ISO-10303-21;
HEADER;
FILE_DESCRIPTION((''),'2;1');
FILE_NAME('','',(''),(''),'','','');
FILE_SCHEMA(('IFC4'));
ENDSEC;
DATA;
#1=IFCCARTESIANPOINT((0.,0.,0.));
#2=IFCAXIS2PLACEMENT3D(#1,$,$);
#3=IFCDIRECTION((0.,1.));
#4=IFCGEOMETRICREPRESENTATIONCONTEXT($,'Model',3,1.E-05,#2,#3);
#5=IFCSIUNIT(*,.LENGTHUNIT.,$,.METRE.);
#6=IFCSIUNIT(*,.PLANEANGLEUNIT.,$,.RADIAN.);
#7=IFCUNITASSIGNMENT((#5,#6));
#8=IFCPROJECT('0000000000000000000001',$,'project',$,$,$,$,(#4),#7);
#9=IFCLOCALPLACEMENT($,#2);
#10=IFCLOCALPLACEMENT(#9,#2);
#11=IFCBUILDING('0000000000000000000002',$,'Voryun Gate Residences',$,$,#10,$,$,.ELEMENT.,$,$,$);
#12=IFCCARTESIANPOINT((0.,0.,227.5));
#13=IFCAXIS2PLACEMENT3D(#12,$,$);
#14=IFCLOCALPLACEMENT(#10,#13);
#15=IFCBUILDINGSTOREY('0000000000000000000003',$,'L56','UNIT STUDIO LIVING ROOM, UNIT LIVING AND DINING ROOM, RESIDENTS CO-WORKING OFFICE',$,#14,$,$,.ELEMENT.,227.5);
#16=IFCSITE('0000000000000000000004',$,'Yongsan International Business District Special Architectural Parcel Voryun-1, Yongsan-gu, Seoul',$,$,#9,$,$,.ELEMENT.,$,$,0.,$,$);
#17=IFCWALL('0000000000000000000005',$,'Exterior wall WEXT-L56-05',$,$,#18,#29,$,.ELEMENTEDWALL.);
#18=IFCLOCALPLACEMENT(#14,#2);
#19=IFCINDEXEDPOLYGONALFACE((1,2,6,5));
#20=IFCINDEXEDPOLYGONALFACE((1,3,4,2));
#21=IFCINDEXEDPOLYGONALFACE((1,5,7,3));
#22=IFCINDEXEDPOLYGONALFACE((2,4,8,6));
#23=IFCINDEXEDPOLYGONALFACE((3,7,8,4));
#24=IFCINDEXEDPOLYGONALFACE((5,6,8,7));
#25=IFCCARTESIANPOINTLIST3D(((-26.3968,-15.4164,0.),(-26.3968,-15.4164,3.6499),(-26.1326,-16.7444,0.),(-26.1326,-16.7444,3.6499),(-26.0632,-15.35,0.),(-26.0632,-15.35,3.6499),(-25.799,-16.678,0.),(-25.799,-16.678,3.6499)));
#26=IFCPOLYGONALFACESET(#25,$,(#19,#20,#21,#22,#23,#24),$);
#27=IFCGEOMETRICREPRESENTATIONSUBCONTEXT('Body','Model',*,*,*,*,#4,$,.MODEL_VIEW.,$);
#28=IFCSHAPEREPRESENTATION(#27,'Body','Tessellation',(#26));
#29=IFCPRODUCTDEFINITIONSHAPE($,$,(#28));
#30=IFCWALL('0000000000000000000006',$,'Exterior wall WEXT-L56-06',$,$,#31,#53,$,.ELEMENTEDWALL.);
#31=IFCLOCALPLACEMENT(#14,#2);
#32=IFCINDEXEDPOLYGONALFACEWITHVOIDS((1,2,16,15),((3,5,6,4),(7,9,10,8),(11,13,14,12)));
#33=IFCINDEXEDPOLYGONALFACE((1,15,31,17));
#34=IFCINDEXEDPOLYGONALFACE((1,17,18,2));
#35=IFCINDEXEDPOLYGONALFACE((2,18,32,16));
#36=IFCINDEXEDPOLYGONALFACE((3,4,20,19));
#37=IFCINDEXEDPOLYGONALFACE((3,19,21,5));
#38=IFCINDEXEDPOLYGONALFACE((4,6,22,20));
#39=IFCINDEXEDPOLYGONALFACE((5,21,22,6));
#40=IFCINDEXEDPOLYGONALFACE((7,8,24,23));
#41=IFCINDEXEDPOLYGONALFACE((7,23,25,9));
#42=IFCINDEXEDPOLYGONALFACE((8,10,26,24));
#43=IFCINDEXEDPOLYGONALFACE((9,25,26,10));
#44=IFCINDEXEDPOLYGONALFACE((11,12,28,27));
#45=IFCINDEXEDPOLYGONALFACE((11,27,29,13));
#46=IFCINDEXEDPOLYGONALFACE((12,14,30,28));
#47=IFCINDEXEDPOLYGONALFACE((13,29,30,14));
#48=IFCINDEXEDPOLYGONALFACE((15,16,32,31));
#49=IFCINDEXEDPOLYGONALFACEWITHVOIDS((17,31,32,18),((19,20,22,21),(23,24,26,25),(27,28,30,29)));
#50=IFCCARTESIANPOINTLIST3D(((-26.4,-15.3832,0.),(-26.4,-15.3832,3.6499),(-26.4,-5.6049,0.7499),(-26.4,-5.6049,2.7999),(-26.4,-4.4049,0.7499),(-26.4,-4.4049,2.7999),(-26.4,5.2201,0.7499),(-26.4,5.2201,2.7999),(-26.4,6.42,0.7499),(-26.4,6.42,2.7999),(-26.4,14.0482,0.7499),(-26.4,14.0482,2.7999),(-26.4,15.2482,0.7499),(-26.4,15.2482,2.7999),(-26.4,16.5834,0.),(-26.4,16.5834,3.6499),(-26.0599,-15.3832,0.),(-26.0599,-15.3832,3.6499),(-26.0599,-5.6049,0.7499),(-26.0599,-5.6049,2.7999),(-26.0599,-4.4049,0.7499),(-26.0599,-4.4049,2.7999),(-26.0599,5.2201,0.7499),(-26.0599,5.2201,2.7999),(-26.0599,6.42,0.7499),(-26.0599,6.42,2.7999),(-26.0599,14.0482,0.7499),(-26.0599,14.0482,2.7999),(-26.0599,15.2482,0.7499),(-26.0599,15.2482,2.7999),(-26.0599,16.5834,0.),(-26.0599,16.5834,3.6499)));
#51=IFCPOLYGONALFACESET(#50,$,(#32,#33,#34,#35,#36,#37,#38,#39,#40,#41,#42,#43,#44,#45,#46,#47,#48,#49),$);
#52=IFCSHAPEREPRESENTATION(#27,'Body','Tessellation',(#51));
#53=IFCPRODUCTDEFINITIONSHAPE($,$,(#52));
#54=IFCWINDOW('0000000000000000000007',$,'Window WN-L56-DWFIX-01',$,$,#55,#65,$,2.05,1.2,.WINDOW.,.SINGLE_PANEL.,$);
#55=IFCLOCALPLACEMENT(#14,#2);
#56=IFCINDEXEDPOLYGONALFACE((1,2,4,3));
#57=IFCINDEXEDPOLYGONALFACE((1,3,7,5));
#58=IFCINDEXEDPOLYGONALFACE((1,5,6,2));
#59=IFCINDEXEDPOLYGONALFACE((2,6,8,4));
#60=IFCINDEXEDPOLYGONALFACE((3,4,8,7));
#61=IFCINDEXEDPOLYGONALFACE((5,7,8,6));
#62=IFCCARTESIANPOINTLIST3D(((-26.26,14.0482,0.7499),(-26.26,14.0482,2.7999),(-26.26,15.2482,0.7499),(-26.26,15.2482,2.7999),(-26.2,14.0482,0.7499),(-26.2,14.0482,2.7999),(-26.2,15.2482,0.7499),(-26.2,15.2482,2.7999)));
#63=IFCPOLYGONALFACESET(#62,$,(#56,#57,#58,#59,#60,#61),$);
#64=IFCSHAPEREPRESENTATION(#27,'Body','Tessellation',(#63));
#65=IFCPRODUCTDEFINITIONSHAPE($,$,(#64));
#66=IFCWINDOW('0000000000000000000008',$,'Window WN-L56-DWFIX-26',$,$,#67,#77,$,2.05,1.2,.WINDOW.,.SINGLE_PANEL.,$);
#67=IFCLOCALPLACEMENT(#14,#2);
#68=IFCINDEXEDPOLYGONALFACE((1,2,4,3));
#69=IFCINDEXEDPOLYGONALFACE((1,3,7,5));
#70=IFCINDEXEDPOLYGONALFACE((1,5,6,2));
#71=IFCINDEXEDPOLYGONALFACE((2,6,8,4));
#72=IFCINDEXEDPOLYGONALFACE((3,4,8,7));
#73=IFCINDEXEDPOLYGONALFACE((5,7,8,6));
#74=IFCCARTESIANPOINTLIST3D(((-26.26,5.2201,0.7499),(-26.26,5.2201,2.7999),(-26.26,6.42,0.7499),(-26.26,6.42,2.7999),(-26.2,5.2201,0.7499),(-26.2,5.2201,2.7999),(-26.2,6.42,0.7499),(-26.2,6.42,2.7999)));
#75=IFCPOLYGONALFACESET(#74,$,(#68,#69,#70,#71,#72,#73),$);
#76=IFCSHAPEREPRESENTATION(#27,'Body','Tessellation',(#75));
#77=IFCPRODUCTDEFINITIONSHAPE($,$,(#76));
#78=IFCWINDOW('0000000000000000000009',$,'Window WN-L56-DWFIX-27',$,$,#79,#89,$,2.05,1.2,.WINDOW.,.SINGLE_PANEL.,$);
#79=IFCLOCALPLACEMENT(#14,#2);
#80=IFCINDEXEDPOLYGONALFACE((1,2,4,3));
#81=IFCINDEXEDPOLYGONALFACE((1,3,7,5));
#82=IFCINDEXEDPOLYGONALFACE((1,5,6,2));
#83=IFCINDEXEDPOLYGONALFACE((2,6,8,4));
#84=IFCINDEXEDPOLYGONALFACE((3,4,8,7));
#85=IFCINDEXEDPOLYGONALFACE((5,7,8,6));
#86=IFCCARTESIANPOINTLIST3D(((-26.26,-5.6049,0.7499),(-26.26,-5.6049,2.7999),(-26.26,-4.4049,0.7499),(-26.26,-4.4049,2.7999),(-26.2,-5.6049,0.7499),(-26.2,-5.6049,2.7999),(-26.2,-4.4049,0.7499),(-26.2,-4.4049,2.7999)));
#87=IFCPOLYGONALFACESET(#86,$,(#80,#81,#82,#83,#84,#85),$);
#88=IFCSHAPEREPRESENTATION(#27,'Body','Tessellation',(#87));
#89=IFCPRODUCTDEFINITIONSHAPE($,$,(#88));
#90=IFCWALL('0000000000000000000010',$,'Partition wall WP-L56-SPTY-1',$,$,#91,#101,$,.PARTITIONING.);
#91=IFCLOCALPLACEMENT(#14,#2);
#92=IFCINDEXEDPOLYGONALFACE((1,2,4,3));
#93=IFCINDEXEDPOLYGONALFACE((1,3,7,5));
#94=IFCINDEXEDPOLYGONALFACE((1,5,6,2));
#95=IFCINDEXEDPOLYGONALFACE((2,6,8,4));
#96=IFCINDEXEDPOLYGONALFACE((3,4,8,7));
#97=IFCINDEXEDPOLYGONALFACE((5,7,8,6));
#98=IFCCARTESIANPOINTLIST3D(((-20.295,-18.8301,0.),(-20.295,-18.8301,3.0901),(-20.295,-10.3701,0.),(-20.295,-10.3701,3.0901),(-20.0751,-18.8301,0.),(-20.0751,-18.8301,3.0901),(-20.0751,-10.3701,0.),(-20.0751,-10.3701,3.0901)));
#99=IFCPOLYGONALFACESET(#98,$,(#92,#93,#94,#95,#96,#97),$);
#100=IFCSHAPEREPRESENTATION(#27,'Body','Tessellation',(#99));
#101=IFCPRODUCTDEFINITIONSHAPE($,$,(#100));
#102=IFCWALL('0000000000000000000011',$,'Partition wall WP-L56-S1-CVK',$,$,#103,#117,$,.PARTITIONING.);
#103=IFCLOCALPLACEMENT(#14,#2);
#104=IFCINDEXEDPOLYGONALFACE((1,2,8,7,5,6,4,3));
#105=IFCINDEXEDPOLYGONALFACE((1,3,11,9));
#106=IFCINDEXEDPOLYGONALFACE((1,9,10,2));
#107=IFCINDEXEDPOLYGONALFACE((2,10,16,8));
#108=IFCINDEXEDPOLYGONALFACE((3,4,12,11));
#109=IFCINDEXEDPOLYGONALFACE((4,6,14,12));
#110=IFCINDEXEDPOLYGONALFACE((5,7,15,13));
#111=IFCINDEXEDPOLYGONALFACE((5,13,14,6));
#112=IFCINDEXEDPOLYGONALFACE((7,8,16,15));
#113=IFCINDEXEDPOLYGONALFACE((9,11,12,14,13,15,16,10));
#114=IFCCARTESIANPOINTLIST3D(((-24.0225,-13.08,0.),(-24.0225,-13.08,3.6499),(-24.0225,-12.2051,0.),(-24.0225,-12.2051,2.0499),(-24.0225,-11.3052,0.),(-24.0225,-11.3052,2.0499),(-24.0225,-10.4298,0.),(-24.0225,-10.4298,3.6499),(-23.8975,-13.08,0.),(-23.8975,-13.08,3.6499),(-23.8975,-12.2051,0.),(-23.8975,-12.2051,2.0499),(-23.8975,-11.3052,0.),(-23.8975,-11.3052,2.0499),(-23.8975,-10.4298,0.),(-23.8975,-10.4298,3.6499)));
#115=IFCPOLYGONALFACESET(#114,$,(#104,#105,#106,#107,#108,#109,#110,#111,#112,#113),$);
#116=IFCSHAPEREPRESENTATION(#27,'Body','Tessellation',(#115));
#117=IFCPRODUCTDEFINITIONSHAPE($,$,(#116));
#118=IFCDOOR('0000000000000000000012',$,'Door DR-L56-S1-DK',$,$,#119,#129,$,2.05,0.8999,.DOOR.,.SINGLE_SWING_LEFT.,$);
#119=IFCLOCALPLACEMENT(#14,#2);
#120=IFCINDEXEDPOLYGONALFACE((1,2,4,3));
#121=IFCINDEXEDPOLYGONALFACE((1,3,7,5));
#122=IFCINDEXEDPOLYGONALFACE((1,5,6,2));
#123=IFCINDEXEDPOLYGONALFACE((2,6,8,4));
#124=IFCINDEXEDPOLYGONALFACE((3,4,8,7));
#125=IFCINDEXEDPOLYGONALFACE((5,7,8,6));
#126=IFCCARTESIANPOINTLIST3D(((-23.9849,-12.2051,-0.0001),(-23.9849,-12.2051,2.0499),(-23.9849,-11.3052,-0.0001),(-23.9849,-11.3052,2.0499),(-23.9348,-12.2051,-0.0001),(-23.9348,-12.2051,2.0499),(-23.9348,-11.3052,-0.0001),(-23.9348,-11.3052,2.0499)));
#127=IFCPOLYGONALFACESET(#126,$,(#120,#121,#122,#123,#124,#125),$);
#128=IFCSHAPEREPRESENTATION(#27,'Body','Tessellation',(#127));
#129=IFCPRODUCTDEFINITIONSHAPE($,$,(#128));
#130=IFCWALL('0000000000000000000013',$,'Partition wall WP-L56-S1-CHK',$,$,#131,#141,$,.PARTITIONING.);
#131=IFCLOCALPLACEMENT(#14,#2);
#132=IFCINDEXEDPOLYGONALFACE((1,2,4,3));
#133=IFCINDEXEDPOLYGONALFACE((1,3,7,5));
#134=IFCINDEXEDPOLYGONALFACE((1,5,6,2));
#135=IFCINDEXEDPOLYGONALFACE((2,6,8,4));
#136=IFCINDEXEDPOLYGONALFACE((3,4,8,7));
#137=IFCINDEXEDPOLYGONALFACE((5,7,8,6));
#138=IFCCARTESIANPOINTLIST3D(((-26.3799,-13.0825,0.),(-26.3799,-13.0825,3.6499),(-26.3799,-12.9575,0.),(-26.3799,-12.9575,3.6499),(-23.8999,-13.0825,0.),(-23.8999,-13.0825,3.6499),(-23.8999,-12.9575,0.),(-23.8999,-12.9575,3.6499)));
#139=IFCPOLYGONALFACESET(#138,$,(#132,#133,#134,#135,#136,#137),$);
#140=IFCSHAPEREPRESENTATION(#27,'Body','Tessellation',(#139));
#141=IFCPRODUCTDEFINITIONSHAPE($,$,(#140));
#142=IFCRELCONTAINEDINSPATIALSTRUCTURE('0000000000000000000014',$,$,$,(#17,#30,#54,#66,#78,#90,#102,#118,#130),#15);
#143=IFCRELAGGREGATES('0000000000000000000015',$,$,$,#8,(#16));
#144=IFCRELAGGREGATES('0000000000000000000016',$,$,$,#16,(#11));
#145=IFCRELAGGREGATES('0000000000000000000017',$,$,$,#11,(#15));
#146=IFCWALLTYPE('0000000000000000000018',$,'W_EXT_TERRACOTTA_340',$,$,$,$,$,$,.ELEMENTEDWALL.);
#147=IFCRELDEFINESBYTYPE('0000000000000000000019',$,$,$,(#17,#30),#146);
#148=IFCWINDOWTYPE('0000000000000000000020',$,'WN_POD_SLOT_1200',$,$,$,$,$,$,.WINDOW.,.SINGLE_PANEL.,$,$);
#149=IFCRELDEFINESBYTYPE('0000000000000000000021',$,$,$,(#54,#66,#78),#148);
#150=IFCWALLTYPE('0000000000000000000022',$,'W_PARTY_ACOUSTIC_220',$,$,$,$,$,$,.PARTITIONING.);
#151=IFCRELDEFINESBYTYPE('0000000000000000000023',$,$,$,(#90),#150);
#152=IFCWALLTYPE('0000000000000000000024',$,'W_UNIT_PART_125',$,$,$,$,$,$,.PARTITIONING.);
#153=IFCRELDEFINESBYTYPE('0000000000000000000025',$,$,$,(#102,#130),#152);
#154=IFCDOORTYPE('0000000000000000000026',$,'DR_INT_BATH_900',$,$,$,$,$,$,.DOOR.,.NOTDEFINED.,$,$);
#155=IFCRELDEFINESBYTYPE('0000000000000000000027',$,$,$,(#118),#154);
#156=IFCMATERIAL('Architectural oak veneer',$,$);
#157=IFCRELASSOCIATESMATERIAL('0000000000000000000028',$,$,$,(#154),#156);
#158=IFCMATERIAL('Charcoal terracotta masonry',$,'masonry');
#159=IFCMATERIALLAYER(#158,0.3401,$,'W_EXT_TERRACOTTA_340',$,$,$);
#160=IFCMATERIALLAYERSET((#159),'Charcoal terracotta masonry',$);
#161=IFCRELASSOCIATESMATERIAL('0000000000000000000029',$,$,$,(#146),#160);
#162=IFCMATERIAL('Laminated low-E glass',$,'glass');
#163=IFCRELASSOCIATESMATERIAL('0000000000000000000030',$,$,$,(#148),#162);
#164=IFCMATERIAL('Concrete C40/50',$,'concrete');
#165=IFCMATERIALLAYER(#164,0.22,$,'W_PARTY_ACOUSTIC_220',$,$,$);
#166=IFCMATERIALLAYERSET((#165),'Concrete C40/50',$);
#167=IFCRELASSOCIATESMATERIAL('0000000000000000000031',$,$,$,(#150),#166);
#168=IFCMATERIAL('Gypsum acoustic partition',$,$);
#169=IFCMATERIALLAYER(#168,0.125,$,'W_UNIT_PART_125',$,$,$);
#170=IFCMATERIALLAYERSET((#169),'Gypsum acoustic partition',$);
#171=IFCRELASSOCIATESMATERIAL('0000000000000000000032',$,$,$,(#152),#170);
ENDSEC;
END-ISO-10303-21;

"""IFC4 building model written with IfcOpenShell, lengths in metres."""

from ifc_helpers import new_model, si_unit, direction, frame, frame_2d, origin, place, context, subcontext, project, spatial, rectangle, extrude, material, layer, layer_set, type_object, element, fill, save


model = new_model("IFC4")

# Units and contexts
model_context = context("Model", 3, precision=1e-05, world=origin(), true_north=direction((0.0, 1.0)))
body_context = subcontext(model_context, "Body", "Model", "MODEL_VIEW")
ifc_project = project(units=[si_unit("LENGTHUNIT", "METRE"), si_unit("PLANEANGLEUNIT", "RADIAN")], contexts=[model_context])

# Site, building, storey
site_placement = place(None, origin())
site = spatial("IfcSite", under=ifc_project, at=site_placement, Name="Yongsan International Business District Special Architectural Parcel Voryun-1, Yongsan-gu, Seoul", CompositionType="ELEMENT", RefElevation=0.0)
building_placement = place(site_placement, origin())
building = spatial("IfcBuilding", under=site, at=building_placement, Name="Voryun Gate Residences", CompositionType="ELEMENT")
storey_placement = place(building_placement, frame((0.0, 0.0, 227.5)))
storey = spatial("IfcBuildingStorey", under=building, at=storey_placement, Name="L56", Description="UNIT STUDIO LIVING ROOM, UNIT LIVING AND DINING ROOM, RESIDENTS CO-WORKING OFFICE", CompositionType="ELEMENT", Elevation=227.5)

# Shared definitions
ifc_material_1 = material(Name="Architectural oak veneer")
door_type_1 = type_object("IfcDoorType", Name="DR_INT_BATH_900", OperationType="NOTDEFINED", PredefinedType="DOOR", material=ifc_material_1)

# Wall
ifc_material_2 = material(Name="Charcoal terracotta masonry", Category="masonry")
ifc_layer_1 = layer(ifc_material_2, 0.3401, Name="W_EXT_TERRACOTTA_340")
ifc_layer_set_1 = layer_set([ifc_layer_1], Name="Charcoal terracotta masonry")
wall_type_1 = type_object("IfcWallType", Name="W_EXT_TERRACOTTA_340", PredefinedType="ELEMENTEDWALL", material=ifc_layer_set_1)
wall_1_placement = place(storey_placement, frame((-25.9658, -16.7112, 0.0), z_axis=(0.0, 0.0, 1.0), x_axis=(-0.19511, 0.980781, 0.0)))
element("IfcWall", 1, at=wall_1_placement, inside=storey, type_object=wall_type_1, Name="Exterior wall WEXT-L56-05", PredefinedType="ELEMENTEDWALL", context=body_context, shape_type="SweptSolid", body=[
    extrude(rectangle(XDim=1.354, YDim=0.3401, at=frame_2d((0.677, 0.0))), origin(), (0.0, 0.0, 1.0), 3.6499),
])

# Wall, openings, windows
wall_2_placement = place(storey_placement, frame((-26.23, -15.3833, 0.0), z_axis=(0.0, 0.0, 1.0), x_axis=(0.0, 1.0, 0.0)))
wall_2 = element("IfcWall", 2, at=wall_2_placement, inside=storey, type_object=wall_type_1, Name="Exterior wall WEXT-L56-06", PredefinedType="ELEMENTEDWALL", context=body_context, shape_type="SweptSolid", body=[
    extrude(rectangle(XDim=31.9666, YDim=0.3401, at=frame_2d((15.9834, 0.0))), origin(), (0.0, 0.0, 1.0), 3.6499),
])
opening_1_placement = place(wall_2_placement, frame((29.4314, 0.0, 0.75)))
opening_1 = element("IfcOpeningElement", 3, at=opening_1_placement, cuts=wall_2, PredefinedType="OPENING", context=body_context, shape_type="SweptSolid", body=[
    extrude(rectangle(XDim=1.2, YDim=2.05, at=frame_2d((0.6001, 1.0249))), frame((0.0, 0.1799, 0.0), z_axis=(0.0, -1.0, 0.0), x_axis=(1.0, 0.0, 0.0)), (0.0, 0.0, 1.0), 0.3601),
])
opening_2_placement = place(wall_2_placement, frame((20.6033, 0.0, 0.75)))
opening_2 = element("IfcOpeningElement", 4, at=opening_2_placement, cuts=wall_2, PredefinedType="OPENING", context=body_context, shape_type="SweptSolid", body=[
    extrude(rectangle(XDim=1.2, YDim=2.05, at=frame_2d((0.6001, 1.0249))), frame((0.0, 0.1799, 0.0), z_axis=(0.0, -1.0, 0.0), x_axis=(1.0, 0.0, 0.0)), (0.0, 0.0, 1.0), 0.3601),
])
opening_3_placement = place(wall_2_placement, frame((9.7783, 0.0, 0.75)))
opening_3 = element("IfcOpeningElement", 5, at=opening_3_placement, cuts=wall_2, PredefinedType="OPENING", context=body_context, shape_type="SweptSolid", body=[
    extrude(rectangle(XDim=1.2, YDim=2.05, at=frame_2d((0.6001, 1.0249))), frame((0.0, 0.1799, 0.0), z_axis=(0.0, -1.0, 0.0), x_axis=(1.0, 0.0, 0.0)), (0.0, 0.0, 1.0), 0.3601),
])
ifc_material_3 = material(Name="Laminated low-E glass", Category="glass")
window_type = type_object("IfcWindowType", Name="WN_POD_SLOT_1200", PartitioningType="SINGLE_PANEL", PredefinedType="WINDOW", material=ifc_material_3)
window_1_placement = place(opening_1_placement, origin())
window_1 = element("IfcWindow", 6, at=window_1_placement, inside=storey, type_object=window_type, Name="Window WN-L56-DWFIX-01", OverallHeight=2.05, OverallWidth=1.2, PartitioningType="SINGLE_PANEL", PredefinedType="WINDOW", context=body_context, shape_type="SweptSolid", body=[
    extrude(rectangle(XDim=1.2, YDim=2.05, at=frame_2d((0.6001, 1.0249))), frame((0.0, 0.03, 0.0), z_axis=(0.0, -1.0, 0.0), x_axis=(1.0, 0.0, 0.0)), (0.0, 0.0, 1.0), 0.0601),
])
fill(opening_1, window_1)
window_2_placement = place(opening_2_placement, origin())
window_2 = element("IfcWindow", 7, at=window_2_placement, inside=storey, type_object=window_type, Name="Window WN-L56-DWFIX-26", OverallHeight=2.05, OverallWidth=1.2, PartitioningType="SINGLE_PANEL", PredefinedType="WINDOW", context=body_context, shape_type="SweptSolid", body=[
    extrude(rectangle(XDim=1.2, YDim=2.05, at=frame_2d((0.6001, 1.0249))), frame((0.0, 0.03, 0.0), z_axis=(0.0, -1.0, 0.0), x_axis=(1.0, 0.0, 0.0)), (0.0, 0.0, 1.0), 0.0601),
])
fill(opening_2, window_2)
window_3_placement = place(opening_3_placement, origin())
window_3 = element("IfcWindow", 8, at=window_3_placement, inside=storey, type_object=window_type, Name="Window WN-L56-DWFIX-27", OverallHeight=2.05, OverallWidth=1.2, PartitioningType="SINGLE_PANEL", PredefinedType="WINDOW", context=body_context, shape_type="SweptSolid", body=[
    extrude(rectangle(XDim=1.2, YDim=2.05, at=frame_2d((0.6001, 1.0249))), frame((0.0, 0.03, 0.0), z_axis=(0.0, -1.0, 0.0), x_axis=(1.0, 0.0, 0.0)), (0.0, 0.0, 1.0), 0.0601),
])
fill(opening_3, window_3)

# Wall
ifc_material_4 = material(Name="Concrete C40/50", Category="concrete")
ifc_layer_2 = layer(ifc_material_4, 0.22, Name="W_PARTY_ACOUSTIC_220")
ifc_layer_set_2 = layer_set([ifc_layer_2], Name="Concrete C40/50")
wall_type_2 = type_object("IfcWallType", Name="W_PARTY_ACOUSTIC_220", PredefinedType="PARTITIONING", material=ifc_layer_set_2)
wall_3_placement = place(storey_placement, frame((-20.1851, -18.8301, 0.0), z_axis=(0.0, 0.0, 1.0), x_axis=(0.0, 1.0, 0.0)))
element("IfcWall", 9, at=wall_3_placement, inside=storey, type_object=wall_type_2, Name="Partition wall WP-L56-SPTY-1", PredefinedType="PARTITIONING", context=body_context, shape_type="SweptSolid", body=[
    extrude(rectangle(XDim=8.46, YDim=0.22, at=frame_2d((4.23, 0.0))), origin(), (0.0, 0.0, 1.0), 3.0901),
])

# Wall, opening, door
ifc_material_5 = material(Name="Gypsum acoustic partition")
ifc_layer_3 = layer(ifc_material_5, 0.125, Name="W_UNIT_PART_125")
ifc_layer_set_3 = layer_set([ifc_layer_3], Name="Gypsum acoustic partition")
wall_type_3 = type_object("IfcWallType", Name="W_UNIT_PART_125", PredefinedType="PARTITIONING", material=ifc_layer_set_3)
wall_4_placement = place(storey_placement, frame((-23.96, -13.0801, 0.0), z_axis=(0.0, 0.0, 1.0), x_axis=(0.0, 1.0, 0.0)))
wall_4 = element("IfcWall", 10, at=wall_4_placement, inside=storey, type_object=wall_type_3, Name="Partition wall WP-L56-S1-CVK", PredefinedType="PARTITIONING", context=body_context, shape_type="SweptSolid", body=[
    extrude(rectangle(XDim=2.6501, YDim=0.125, at=frame_2d((1.3252, 0.0))), origin(), (0.0, 0.0, 1.0), 3.6499),
])
opening_4_placement = place(wall_4_placement, frame((0.875, 0.0, 0.0)))
opening_4 = element("IfcOpeningElement", 11, at=opening_4_placement, cuts=wall_4, PredefinedType="OPENING", context=body_context, shape_type="SweptSolid", body=[
    extrude(rectangle(XDim=0.8999, YDim=2.05, at=frame_2d((0.45, 1.0249))), frame((0.0, 0.0725, 0.0), z_axis=(0.0, -1.0, 0.0), x_axis=(1.0, 0.0, 0.0)), (0.0, 0.0, 1.0), 0.145),
])
door_1_placement = place(opening_4_placement, origin())
door_1 = element("IfcDoor", 12, at=door_1_placement, inside=storey, type_object=door_type_1, Name="Door DR-L56-S1-DK", OperationType="SINGLE_SWING_LEFT", OverallHeight=2.05, OverallWidth=0.8999, PredefinedType="DOOR", context=body_context, shape_type="SweptSolid", body=[
    extrude(rectangle(XDim=0.8999, YDim=2.05, at=frame_2d((0.45, 1.0249))), frame((0.0, 0.0249, 0.0), z_axis=(0.0, -1.0, 0.0), x_axis=(1.0, 0.0, 0.0)), (0.0, 0.0, 1.0), 0.05),
])
fill(opening_4, door_1)

# Wall
wall_5_placement = place(storey_placement, frame((-26.3799, -13.02, 0.0), z_axis=(0.0, 0.0, 1.0), x_axis=(1.0, 0.0, 0.0)))
element("IfcWall", 13, at=wall_5_placement, inside=storey, type_object=wall_type_3, Name="Partition wall WP-L56-S1-CHK", PredefinedType="PARTITIONING", context=body_context, shape_type="SweptSolid", body=[
    extrude(rectangle(XDim=2.48, YDim=0.125, at=frame_2d((1.24, 0.0))), origin(), (0.0, 0.0, 1.0), 3.6499),
])

save(model, "model.ifc")
